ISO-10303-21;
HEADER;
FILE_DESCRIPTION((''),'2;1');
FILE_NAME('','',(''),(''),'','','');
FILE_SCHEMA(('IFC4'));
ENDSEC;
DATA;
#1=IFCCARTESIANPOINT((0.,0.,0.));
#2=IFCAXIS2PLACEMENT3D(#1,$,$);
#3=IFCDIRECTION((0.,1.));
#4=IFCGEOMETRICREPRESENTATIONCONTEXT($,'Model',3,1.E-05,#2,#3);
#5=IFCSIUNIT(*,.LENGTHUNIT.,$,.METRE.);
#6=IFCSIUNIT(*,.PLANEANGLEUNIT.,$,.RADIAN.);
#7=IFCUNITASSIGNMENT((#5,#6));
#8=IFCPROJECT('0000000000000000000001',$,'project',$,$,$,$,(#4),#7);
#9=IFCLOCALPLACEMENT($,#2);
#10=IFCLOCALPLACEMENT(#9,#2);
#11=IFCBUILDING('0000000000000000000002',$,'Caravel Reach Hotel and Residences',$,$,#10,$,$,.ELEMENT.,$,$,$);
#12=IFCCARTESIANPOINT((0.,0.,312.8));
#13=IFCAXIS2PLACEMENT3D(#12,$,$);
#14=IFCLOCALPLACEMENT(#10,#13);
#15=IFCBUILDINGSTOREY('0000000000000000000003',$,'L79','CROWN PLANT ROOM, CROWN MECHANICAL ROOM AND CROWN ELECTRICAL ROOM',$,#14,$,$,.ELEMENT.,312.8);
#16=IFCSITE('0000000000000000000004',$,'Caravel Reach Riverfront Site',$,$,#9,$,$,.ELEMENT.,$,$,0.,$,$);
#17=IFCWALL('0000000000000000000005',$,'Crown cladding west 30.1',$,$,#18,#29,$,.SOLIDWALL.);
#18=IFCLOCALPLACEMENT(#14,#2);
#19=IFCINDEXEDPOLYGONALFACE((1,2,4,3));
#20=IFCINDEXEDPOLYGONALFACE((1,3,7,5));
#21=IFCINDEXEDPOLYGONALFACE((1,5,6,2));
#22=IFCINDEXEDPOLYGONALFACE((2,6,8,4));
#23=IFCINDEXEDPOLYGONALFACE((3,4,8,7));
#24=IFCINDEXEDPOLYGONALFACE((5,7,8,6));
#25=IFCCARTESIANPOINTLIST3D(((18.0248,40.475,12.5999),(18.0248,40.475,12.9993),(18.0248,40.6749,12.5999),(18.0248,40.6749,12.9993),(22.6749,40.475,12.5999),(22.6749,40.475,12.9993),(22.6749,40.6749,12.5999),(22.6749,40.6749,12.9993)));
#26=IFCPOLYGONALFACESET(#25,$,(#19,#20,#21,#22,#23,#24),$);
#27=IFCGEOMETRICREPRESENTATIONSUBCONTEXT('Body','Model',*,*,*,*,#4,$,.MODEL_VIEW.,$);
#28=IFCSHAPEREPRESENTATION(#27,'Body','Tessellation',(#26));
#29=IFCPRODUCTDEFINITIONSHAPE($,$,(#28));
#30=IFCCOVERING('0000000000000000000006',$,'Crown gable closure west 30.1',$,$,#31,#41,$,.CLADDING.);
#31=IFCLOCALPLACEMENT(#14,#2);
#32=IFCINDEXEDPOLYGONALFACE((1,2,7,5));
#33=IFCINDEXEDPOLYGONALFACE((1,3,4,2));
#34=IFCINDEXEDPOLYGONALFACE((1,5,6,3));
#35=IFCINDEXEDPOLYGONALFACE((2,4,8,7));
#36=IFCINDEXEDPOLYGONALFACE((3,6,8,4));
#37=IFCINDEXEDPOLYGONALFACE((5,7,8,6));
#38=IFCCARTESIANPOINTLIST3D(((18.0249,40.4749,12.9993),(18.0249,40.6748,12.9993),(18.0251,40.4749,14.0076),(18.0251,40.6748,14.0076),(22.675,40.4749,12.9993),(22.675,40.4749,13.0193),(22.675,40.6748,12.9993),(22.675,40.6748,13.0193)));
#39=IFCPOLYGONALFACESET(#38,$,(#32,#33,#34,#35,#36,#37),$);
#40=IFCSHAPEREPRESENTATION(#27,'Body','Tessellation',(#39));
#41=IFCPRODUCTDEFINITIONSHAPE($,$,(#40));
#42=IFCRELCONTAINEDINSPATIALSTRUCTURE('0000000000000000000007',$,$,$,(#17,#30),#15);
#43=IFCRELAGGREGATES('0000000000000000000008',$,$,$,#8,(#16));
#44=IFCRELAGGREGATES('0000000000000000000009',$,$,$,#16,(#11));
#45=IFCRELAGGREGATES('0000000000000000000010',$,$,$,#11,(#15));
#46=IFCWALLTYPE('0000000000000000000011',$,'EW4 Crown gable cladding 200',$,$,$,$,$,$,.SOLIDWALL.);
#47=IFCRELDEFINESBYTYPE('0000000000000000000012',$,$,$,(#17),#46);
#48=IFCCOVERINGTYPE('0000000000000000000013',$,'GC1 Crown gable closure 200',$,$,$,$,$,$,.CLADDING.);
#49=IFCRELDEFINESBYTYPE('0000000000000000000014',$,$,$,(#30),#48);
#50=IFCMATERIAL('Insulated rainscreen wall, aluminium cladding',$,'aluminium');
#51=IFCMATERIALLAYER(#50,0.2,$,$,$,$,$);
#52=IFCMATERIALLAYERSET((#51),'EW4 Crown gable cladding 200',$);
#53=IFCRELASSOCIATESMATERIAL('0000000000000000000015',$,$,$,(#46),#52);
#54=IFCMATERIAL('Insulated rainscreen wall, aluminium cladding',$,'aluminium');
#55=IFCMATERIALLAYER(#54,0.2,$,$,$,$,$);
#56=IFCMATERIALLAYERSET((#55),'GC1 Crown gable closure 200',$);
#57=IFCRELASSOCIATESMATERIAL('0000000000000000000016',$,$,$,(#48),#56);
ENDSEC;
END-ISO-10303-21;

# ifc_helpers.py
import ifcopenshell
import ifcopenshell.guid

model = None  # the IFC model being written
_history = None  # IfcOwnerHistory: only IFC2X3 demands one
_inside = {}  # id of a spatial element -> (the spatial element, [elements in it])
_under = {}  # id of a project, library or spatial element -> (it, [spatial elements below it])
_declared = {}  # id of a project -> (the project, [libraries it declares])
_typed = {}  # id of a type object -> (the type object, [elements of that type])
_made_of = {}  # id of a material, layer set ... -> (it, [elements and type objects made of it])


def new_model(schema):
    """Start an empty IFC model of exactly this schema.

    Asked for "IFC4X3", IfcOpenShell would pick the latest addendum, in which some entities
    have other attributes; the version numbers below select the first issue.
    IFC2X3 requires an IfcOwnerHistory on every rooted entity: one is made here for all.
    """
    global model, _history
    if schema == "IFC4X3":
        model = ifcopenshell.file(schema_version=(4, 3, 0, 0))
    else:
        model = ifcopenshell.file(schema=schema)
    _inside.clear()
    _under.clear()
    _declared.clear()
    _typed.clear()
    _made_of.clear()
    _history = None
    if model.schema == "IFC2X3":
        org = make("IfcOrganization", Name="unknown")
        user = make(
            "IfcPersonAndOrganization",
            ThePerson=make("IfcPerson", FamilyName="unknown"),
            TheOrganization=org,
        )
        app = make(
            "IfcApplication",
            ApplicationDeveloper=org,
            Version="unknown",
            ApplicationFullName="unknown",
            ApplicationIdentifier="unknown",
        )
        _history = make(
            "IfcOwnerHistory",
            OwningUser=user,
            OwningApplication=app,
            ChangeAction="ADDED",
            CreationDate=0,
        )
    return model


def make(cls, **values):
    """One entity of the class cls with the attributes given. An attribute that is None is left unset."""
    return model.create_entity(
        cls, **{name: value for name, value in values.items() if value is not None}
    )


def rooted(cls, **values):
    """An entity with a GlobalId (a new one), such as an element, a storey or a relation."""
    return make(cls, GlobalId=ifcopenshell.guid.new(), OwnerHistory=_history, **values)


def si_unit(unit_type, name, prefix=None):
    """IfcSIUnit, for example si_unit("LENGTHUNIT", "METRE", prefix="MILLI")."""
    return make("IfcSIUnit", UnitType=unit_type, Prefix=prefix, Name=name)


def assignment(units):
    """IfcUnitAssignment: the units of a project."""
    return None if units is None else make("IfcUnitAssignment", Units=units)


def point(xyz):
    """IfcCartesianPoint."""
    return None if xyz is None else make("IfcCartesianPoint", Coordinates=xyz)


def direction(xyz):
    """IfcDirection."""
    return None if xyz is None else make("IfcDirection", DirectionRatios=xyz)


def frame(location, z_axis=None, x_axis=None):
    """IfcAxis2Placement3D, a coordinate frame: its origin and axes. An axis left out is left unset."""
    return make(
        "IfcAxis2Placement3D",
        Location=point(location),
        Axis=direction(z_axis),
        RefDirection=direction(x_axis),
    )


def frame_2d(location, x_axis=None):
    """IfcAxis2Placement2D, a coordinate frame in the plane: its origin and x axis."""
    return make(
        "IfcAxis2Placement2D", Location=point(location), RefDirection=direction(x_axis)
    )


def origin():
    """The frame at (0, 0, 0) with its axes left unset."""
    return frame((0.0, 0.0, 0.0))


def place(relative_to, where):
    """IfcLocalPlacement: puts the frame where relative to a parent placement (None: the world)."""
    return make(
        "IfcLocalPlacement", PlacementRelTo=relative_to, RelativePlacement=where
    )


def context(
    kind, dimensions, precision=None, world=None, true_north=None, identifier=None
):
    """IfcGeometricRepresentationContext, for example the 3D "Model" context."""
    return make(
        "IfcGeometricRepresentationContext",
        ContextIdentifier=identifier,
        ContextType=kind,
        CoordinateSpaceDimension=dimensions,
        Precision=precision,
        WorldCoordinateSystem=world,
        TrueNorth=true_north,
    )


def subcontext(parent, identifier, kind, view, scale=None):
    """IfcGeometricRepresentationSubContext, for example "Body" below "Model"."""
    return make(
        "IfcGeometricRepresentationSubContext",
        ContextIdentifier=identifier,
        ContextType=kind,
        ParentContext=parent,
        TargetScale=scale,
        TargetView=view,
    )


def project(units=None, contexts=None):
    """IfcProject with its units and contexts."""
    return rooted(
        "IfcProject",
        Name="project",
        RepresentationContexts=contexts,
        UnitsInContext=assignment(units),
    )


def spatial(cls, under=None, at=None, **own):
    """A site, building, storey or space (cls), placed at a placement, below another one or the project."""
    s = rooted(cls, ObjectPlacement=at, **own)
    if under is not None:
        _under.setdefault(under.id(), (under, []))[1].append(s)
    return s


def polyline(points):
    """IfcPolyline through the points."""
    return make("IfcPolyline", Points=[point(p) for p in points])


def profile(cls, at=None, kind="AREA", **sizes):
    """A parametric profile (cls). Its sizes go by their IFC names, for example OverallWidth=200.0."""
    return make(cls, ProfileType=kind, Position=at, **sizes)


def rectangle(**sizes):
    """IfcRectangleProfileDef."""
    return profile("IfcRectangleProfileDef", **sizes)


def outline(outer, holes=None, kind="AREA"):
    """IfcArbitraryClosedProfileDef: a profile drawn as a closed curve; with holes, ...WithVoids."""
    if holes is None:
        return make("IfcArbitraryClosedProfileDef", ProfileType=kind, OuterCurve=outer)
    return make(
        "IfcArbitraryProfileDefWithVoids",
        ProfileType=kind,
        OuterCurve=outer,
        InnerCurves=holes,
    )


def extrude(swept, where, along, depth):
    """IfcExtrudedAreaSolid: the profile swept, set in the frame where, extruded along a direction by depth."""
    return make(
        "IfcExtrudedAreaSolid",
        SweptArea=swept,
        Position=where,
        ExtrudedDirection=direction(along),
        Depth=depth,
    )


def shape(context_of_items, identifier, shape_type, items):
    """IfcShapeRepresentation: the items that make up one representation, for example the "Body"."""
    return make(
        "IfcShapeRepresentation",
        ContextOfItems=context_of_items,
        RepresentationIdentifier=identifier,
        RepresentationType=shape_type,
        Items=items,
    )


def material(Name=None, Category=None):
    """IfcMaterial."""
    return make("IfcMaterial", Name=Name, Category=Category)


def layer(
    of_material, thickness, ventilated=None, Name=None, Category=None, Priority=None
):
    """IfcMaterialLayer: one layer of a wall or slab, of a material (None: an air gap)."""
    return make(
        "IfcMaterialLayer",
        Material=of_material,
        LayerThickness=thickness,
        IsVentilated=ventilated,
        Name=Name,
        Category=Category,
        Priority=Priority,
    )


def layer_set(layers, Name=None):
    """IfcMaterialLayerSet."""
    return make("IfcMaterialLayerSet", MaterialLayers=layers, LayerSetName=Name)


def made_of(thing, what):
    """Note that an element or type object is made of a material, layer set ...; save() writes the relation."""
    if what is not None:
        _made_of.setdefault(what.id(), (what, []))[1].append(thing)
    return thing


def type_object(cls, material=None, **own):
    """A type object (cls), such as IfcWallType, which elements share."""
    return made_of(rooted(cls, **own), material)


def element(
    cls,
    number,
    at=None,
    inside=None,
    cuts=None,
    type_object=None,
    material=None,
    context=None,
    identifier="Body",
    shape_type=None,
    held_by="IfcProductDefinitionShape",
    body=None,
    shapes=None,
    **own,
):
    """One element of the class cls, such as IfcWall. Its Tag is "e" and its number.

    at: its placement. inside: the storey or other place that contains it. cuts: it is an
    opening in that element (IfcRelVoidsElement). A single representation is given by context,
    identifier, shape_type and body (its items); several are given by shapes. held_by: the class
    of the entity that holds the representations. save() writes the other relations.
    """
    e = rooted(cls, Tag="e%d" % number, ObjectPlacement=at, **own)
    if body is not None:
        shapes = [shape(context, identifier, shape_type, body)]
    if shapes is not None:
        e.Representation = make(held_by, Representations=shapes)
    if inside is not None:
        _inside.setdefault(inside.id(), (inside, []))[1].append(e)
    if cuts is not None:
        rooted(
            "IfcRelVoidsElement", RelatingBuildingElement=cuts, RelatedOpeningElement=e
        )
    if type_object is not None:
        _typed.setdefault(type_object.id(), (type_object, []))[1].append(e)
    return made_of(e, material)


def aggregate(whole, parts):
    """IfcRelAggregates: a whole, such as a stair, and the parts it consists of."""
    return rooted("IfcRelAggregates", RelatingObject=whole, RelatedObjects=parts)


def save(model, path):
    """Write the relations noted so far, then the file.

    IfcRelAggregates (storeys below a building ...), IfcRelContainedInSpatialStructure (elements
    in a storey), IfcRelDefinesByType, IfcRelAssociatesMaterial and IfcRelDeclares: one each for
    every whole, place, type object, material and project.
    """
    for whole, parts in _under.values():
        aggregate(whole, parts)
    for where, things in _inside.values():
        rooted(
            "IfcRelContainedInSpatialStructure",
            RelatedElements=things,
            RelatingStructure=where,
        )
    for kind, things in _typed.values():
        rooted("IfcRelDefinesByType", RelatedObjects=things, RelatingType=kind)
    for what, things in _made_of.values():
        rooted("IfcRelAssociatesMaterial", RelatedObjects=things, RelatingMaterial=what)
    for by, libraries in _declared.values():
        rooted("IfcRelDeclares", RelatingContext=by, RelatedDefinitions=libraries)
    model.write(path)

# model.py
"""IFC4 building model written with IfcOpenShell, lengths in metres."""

from ifc_helpers import new_model, si_unit, direction, frame, frame_2d, origin, place, context, subcontext, project, spatial, polyline, rectangle, outline, extrude, material, layer, layer_set, type_object, element, save


model = new_model("IFC4")

# Units and contexts
model_context = context("Model", 3, precision=1e-05, world=origin(), true_north=direction((0.0, 1.0)))
body_context = subcontext(model_context, "Body", "Model", "MODEL_VIEW")
ifc_project = project(units=[si_unit("LENGTHUNIT", "METRE"), si_unit("PLANEANGLEUNIT", "RADIAN")], contexts=[model_context])

# Site, building, storey
site_placement = place(None, origin())
site = spatial("IfcSite", under=ifc_project, at=site_placement, Name="Caravel Reach Riverfront Site", CompositionType="ELEMENT", RefElevation=0.0)
building_placement = place(site_placement, origin())
building = spatial("IfcBuilding", under=site, at=building_placement, Name="Caravel Reach Hotel and Residences", CompositionType="ELEMENT")
storey_placement = place(building_placement, frame((0.0, 0.0, 312.8)))
storey = spatial("IfcBuildingStorey", under=building, at=storey_placement, Name="L79", Description="CROWN PLANT ROOM, CROWN MECHANICAL ROOM AND CROWN ELECTRICAL ROOM", CompositionType="ELEMENT", Elevation=312.8)

# Wall
ifc_material_1 = material(Name="Insulated rainscreen wall, aluminium cladding", Category="aluminium")
ifc_layer_1 = layer(ifc_material_1, 0.2)
ifc_layer_set_1 = layer_set([ifc_layer_1], Name="EW4 Crown gable cladding 200")
wall_type = type_object("IfcWallType", Name="EW4 Crown gable cladding 200", PredefinedType="SOLIDWALL", material=ifc_layer_set_1)
wall_1_placement = place(storey_placement, frame((22.675, 40.575, 12.5999), z_axis=(0.0, 0.0, 1.0), x_axis=(-1.0, 0.0, 0.0)))
element("IfcWall", 1, at=wall_1_placement, inside=storey, type_object=wall_type, Name="Crown cladding west 30.1", PredefinedType="SOLIDWALL", context=body_context, shape_type="SweptSolid", body=[
    extrude(rectangle(XDim=4.6501, YDim=0.2, at=frame_2d((2.3252, 0.0))), origin(), (0.0, 0.0, 1.0), 0.3994),
])

# Covering
ifc_material_2 = material(Name="Insulated rainscreen wall, aluminium cladding", Category="aluminium")
ifc_layer_2 = layer(ifc_material_2, 0.2)
ifc_layer_set_2 = layer_set([ifc_layer_2], Name="GC1 Crown gable closure 200")
covering_type = type_object("IfcCoveringType", Name="GC1 Crown gable closure 200", PredefinedType="CLADDING", material=ifc_layer_set_2)
covering_placement = place(storey_placement, frame((22.675, 40.575, 12.9993), z_axis=(0.0, 0.0, 1.0), x_axis=(-1.0, 0.0, 0.0)))
element("IfcCovering", 2, at=covering_placement, inside=storey, type_object=covering_type, Name="Crown gable closure west 30.1", PredefinedType="CLADDING", context=body_context, shape_type="SweptSolid", body=[
    extrude(outline(polyline([(0.0, 0.0), (4.6501, 0.0), (4.6499, 1.0083), (0.0, 0.02), (0.0, 0.0)])), frame((0.0, 0.1001, 0.0), z_axis=(0.0, -1.0, 0.0), x_axis=(1.0, 0.0, 0.0)), (0.0, 0.0, 1.0), 0.2),
])

save(model, "model.ifc")
